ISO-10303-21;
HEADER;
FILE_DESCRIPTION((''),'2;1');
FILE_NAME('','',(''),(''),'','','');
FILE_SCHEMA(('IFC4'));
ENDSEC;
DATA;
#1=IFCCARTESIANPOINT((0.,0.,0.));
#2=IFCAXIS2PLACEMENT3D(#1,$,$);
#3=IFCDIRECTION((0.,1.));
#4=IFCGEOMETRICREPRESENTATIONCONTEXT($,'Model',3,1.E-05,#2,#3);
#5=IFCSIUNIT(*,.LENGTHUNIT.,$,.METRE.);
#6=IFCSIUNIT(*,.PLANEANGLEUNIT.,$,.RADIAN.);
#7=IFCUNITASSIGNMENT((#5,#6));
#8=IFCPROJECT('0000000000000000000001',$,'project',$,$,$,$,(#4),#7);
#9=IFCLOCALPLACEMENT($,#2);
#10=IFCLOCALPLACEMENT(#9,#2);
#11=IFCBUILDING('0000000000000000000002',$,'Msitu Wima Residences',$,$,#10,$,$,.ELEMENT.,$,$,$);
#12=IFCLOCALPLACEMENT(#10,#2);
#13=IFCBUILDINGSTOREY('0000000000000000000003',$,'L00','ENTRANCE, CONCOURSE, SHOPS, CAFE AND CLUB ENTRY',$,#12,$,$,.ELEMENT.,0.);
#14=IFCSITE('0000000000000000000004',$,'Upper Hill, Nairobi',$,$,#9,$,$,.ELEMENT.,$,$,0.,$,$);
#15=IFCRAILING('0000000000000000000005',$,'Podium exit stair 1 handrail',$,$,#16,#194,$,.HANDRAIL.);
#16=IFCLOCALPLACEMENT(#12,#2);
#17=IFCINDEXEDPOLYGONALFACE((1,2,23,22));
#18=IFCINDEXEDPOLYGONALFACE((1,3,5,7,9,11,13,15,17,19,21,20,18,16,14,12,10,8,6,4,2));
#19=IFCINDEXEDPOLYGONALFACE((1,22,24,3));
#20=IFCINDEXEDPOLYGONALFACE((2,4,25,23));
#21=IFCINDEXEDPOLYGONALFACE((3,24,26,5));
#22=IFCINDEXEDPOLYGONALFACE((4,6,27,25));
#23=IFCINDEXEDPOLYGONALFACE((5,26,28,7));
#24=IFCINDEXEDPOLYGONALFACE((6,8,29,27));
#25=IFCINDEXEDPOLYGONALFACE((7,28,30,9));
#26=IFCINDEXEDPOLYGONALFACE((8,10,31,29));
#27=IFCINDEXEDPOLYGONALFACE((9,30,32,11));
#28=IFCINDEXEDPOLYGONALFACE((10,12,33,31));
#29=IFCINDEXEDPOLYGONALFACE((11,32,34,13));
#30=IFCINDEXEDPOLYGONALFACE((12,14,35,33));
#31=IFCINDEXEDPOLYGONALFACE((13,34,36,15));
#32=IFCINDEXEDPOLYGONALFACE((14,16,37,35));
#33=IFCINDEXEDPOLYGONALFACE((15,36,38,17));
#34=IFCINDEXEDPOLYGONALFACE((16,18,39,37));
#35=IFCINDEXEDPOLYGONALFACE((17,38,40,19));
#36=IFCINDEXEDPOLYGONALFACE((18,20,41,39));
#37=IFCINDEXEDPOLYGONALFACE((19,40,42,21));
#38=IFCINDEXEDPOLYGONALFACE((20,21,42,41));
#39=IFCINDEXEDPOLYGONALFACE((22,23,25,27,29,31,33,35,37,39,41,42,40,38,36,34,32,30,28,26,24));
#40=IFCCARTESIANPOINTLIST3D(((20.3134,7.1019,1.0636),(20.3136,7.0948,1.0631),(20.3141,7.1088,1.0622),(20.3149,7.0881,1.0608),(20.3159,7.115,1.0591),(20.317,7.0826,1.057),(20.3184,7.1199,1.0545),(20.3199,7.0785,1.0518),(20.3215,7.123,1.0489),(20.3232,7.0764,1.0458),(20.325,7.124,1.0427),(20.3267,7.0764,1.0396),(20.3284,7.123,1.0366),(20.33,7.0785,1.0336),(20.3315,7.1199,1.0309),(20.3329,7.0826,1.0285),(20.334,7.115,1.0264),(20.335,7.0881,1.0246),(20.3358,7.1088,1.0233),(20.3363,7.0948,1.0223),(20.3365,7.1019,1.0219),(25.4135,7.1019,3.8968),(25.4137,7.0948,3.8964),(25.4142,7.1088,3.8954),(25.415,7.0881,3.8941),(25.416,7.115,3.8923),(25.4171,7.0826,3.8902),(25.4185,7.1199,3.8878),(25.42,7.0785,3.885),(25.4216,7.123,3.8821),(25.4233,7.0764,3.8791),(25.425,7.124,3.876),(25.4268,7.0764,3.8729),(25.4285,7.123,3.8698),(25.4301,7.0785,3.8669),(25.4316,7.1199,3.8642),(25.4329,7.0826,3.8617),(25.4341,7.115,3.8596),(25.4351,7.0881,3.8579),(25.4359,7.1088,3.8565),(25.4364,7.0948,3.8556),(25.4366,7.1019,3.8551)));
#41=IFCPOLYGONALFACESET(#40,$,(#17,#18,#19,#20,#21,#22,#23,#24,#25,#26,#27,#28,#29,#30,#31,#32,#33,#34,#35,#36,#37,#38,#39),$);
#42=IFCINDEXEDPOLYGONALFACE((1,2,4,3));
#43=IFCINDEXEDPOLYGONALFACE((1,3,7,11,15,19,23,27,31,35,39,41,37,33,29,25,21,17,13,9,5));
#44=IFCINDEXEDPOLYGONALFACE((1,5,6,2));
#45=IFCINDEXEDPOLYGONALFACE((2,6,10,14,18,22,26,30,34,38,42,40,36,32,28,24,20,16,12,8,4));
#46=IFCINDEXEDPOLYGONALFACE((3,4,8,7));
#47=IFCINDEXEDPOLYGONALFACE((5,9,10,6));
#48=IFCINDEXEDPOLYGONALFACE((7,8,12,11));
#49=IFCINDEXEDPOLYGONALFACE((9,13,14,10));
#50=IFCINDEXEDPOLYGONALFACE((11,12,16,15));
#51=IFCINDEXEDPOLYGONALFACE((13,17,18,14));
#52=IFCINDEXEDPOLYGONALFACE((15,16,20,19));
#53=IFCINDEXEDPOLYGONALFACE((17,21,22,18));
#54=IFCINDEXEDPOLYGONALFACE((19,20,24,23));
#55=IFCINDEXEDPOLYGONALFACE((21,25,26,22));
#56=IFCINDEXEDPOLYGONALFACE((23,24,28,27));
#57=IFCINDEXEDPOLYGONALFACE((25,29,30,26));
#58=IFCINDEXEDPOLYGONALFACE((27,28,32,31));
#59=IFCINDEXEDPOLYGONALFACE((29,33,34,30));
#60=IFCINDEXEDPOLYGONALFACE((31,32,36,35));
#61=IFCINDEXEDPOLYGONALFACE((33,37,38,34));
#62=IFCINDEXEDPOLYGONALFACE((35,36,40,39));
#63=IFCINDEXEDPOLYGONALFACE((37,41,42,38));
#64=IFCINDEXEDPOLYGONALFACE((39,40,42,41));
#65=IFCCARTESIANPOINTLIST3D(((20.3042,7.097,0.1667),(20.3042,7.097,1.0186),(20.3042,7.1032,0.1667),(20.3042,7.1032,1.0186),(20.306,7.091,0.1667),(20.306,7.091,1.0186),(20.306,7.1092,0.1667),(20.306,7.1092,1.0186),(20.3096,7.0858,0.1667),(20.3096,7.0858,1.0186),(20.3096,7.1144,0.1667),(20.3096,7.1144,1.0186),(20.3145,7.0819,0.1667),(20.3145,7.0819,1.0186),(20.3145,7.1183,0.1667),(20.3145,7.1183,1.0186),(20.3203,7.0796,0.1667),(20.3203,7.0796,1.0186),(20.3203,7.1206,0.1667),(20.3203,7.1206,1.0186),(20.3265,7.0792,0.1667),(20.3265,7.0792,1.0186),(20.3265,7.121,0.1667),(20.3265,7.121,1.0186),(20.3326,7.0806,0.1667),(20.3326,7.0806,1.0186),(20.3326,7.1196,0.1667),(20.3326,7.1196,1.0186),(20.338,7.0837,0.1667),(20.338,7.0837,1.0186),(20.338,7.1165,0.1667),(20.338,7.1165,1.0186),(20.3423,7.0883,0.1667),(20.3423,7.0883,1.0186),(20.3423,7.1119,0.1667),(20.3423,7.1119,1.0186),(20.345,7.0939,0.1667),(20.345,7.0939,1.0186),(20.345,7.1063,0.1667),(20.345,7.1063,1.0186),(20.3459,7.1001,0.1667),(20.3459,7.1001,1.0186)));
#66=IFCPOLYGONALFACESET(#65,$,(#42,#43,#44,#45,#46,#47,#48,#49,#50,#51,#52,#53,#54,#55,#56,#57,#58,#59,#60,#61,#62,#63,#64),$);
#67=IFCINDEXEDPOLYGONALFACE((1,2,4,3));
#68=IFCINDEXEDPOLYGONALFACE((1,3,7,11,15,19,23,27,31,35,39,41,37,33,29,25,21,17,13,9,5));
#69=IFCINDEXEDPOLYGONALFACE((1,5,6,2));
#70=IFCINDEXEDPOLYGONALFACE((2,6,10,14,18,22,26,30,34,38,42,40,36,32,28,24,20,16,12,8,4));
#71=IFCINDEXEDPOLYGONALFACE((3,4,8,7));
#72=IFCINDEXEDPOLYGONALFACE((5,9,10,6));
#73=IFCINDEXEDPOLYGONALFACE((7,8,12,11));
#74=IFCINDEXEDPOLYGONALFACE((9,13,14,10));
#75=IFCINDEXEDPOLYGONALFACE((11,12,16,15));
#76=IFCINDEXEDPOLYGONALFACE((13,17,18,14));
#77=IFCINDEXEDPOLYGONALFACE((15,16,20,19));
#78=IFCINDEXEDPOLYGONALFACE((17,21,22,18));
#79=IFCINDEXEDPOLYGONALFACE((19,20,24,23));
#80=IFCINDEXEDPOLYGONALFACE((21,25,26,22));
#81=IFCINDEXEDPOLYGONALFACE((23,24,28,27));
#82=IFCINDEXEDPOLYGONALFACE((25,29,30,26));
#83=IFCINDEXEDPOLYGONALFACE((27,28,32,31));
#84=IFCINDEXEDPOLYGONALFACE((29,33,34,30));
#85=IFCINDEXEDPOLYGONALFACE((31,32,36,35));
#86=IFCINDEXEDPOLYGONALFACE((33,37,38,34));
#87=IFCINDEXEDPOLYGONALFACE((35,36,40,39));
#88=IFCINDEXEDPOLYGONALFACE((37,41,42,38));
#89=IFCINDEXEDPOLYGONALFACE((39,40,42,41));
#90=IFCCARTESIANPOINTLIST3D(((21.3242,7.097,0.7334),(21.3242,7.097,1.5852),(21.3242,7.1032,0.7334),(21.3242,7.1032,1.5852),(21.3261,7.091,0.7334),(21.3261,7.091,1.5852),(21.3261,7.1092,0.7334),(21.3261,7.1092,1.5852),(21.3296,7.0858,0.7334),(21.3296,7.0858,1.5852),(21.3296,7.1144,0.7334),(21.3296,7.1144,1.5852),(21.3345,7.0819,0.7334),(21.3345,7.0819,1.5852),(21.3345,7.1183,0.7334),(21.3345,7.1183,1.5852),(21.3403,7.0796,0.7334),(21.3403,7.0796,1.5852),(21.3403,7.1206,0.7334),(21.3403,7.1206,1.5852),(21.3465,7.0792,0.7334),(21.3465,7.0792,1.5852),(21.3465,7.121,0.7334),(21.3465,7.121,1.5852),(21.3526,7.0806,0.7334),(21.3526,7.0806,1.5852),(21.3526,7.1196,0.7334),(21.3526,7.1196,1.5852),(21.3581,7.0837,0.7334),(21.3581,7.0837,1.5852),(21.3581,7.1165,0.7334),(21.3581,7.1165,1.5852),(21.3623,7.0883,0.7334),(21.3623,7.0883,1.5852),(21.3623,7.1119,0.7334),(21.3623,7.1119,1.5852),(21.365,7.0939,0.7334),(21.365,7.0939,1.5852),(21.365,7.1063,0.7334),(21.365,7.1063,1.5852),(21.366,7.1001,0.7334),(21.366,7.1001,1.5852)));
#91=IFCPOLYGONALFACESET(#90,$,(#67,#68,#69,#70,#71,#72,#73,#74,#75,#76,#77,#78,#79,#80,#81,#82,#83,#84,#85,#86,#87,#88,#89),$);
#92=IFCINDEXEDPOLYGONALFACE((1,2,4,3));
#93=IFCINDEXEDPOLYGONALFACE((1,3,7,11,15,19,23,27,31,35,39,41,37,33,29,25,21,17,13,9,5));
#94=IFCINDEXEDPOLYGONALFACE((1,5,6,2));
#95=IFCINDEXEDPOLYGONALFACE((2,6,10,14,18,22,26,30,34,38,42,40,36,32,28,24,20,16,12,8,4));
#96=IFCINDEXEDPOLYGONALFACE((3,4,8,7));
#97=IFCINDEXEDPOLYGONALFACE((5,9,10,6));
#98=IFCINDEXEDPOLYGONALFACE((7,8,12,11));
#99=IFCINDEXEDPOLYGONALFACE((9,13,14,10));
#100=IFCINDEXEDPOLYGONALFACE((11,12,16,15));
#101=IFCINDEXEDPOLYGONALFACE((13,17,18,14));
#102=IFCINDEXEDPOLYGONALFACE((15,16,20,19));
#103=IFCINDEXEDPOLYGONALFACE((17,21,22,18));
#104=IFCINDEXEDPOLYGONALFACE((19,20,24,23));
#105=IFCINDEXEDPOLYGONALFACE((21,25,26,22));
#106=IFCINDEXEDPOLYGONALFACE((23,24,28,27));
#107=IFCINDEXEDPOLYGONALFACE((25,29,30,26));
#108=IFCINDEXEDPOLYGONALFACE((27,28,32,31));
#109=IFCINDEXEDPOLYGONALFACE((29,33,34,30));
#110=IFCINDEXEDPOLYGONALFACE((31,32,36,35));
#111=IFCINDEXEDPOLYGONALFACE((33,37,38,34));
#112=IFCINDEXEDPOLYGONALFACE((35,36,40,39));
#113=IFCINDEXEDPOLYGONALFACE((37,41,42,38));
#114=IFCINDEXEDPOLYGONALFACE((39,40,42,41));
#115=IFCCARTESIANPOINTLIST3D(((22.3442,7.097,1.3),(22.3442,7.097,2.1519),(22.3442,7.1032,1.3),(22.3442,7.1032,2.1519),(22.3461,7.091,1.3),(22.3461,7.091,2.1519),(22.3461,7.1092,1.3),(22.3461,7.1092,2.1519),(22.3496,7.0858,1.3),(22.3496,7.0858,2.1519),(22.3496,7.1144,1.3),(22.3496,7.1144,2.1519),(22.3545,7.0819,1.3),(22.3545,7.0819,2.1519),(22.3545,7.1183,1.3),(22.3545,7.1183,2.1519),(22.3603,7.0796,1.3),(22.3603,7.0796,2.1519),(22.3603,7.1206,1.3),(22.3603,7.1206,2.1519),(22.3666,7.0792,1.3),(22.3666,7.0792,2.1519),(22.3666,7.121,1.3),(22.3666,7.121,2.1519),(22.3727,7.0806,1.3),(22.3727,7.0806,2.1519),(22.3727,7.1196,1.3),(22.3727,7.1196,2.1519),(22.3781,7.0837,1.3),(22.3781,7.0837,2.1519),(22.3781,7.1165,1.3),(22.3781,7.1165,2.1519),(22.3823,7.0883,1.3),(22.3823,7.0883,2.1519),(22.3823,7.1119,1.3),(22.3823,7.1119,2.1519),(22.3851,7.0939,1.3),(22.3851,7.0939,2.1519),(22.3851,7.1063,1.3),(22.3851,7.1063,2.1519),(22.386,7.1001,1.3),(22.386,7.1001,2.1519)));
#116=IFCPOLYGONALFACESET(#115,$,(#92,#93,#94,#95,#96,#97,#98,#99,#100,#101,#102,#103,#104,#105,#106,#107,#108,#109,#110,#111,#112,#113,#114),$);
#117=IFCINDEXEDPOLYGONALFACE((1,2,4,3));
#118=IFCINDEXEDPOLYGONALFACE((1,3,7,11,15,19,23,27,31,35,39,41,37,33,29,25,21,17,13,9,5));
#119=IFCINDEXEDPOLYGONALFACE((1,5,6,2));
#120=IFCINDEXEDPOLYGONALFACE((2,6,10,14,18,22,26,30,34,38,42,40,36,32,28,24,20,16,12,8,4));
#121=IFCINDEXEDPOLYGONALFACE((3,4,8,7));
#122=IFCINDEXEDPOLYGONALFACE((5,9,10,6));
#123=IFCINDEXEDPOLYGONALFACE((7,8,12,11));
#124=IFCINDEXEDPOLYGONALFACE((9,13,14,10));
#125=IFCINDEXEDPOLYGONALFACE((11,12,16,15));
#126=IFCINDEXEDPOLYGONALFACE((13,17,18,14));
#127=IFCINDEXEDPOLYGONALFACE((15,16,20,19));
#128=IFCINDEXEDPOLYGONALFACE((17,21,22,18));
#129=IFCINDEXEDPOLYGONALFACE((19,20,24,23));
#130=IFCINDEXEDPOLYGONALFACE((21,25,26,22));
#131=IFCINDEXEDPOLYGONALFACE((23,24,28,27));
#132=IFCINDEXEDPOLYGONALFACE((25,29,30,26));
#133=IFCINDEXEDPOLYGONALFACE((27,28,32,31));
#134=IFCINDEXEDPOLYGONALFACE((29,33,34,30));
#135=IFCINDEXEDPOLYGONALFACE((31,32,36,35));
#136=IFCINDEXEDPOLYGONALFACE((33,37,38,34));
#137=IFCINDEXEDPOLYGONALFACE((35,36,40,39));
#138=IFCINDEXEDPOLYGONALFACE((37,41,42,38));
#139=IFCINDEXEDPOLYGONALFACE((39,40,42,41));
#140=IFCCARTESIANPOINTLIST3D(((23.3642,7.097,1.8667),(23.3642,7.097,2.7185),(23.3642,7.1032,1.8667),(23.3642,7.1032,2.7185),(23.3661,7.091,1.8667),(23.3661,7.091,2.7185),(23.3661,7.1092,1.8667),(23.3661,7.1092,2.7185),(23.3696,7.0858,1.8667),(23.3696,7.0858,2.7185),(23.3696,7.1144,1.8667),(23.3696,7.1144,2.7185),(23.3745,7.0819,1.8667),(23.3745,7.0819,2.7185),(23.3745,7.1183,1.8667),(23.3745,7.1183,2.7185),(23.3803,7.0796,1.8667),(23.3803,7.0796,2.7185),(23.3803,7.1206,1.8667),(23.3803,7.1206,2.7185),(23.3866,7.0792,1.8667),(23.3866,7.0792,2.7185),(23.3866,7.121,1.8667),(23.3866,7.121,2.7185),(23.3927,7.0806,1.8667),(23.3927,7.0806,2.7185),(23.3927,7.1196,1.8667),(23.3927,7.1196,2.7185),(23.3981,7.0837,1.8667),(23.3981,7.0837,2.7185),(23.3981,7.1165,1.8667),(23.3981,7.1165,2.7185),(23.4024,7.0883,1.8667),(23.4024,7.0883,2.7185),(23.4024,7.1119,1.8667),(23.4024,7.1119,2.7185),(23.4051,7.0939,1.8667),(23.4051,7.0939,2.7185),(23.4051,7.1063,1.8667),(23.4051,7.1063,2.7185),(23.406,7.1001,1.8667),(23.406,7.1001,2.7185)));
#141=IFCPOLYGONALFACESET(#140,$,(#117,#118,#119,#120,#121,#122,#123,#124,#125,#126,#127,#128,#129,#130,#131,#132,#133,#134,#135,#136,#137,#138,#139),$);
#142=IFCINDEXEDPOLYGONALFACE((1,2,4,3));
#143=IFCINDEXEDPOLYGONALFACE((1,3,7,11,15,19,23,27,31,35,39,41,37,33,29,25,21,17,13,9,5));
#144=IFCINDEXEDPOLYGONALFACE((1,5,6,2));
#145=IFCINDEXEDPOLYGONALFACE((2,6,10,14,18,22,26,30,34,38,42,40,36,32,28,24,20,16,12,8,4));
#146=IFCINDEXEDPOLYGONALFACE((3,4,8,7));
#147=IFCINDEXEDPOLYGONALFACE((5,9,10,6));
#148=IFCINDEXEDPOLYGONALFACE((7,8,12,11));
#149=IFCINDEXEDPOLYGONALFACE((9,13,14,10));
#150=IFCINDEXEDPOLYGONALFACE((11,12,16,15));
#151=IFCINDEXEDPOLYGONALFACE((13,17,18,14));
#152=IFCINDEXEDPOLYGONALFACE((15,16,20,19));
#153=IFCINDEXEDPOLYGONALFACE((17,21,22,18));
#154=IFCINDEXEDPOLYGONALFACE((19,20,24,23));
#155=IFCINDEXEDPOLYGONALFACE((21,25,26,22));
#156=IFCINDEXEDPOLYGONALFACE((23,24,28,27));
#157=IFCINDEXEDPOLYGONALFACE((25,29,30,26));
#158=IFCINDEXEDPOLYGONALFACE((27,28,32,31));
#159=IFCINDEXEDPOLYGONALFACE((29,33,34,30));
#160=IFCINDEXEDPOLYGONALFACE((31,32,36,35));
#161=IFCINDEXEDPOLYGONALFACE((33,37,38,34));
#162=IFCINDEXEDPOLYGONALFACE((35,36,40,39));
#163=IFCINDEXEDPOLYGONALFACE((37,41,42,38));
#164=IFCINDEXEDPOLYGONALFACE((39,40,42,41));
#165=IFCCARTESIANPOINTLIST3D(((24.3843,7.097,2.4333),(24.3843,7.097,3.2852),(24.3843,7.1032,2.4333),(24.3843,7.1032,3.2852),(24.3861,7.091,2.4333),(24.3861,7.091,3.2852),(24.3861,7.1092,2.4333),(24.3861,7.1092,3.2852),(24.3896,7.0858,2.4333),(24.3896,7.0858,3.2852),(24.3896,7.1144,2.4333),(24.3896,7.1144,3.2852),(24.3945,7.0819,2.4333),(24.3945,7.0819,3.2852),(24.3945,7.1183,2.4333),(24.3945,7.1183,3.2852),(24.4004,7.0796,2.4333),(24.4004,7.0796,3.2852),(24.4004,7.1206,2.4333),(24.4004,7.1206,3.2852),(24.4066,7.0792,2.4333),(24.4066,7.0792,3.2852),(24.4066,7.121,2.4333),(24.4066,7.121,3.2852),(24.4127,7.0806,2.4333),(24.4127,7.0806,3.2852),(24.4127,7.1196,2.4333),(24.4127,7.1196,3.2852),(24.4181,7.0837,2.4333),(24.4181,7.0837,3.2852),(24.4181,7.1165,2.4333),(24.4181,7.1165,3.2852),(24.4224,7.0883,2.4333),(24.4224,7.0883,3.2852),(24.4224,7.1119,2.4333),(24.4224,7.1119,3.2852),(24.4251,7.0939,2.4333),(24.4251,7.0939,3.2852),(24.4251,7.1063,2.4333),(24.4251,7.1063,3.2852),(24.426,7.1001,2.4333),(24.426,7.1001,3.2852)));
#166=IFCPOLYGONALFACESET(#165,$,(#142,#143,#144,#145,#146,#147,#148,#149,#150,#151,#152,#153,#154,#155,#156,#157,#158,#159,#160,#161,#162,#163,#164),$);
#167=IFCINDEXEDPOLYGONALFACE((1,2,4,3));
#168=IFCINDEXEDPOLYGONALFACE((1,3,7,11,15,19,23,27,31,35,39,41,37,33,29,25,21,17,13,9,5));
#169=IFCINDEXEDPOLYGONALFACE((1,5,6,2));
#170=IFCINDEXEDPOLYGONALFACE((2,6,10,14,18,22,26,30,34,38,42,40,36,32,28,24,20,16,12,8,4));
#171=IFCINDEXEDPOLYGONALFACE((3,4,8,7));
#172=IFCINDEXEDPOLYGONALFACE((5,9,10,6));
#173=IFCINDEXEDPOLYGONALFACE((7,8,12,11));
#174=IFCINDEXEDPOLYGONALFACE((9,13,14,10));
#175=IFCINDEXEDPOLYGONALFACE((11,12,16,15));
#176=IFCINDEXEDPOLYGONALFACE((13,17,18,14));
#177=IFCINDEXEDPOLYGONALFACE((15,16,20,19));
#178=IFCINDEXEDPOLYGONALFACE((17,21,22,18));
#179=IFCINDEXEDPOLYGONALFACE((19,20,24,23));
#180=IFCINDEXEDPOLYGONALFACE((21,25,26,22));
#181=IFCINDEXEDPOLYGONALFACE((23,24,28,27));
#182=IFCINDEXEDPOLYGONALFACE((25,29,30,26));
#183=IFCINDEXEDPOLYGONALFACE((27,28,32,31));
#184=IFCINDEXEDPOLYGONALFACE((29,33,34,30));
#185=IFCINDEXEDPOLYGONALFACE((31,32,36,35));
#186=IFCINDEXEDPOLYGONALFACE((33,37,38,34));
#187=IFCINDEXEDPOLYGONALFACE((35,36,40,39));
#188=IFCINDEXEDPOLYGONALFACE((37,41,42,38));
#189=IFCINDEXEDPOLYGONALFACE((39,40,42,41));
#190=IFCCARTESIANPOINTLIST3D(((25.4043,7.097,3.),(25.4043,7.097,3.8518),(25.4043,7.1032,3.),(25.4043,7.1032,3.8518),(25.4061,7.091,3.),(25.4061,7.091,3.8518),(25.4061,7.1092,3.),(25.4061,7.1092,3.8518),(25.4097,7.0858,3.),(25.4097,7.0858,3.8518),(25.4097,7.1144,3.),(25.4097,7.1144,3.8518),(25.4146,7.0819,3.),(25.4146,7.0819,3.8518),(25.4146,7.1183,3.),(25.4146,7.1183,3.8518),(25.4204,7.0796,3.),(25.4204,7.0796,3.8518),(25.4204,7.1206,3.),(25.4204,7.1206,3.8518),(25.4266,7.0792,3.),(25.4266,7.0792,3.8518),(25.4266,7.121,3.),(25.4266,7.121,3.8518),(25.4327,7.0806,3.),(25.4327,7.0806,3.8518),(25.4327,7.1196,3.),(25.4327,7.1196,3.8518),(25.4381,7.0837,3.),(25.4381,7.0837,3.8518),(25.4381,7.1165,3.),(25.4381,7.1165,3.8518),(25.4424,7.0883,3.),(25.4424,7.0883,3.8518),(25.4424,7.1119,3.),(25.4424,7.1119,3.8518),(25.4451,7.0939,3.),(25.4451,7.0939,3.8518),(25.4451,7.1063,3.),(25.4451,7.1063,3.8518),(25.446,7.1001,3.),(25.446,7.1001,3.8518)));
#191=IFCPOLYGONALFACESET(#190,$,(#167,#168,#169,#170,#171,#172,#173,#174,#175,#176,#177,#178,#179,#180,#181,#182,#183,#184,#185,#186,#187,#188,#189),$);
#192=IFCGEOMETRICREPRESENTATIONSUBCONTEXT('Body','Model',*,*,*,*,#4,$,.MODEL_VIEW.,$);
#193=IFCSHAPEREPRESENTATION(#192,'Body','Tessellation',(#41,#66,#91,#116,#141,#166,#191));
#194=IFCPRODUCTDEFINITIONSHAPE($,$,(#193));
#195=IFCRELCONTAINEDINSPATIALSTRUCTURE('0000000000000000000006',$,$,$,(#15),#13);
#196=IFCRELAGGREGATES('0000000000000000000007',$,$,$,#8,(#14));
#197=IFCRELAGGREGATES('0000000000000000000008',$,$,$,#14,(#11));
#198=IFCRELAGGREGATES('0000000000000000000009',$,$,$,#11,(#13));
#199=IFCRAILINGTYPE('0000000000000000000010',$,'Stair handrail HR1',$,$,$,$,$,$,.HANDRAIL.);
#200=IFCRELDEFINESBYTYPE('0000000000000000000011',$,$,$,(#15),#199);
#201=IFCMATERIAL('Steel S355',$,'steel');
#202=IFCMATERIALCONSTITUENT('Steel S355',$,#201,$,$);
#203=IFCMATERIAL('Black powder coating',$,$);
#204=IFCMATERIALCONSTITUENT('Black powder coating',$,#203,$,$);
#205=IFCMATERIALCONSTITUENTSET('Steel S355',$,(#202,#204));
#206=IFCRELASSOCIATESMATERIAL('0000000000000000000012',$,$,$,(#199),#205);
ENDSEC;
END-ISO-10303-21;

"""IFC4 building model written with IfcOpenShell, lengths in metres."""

from ifc_helpers import new_model, si_unit, direction, frame, origin, origin_2d, place, context, subcontext, project, spatial, circle, extrude, material, constituent, constituent_set, type_object, element, save


model = new_model("IFC4")

# Units and contexts
model_context = context("Model", 3, precision=1e-05, world=origin(), true_north=direction((0.0, 1.0)))
body_context = subcontext(model_context, "Body", "Model", "MODEL_VIEW")
ifc_project = project(units=[si_unit("LENGTHUNIT", "METRE"), si_unit("PLANEANGLEUNIT", "RADIAN")], contexts=[model_context])

# Site, building, storey
site_placement = place(None, origin())
site = spatial("IfcSite", under=ifc_project, at=site_placement, Name="Upper Hill, Nairobi", CompositionType="ELEMENT", RefElevation=0.0)
building_placement = place(site_placement, origin())
building = spatial("IfcBuilding", under=site, at=building_placement, Name="Msitu Wima Residences", CompositionType="ELEMENT")
storey_placement = place(building_placement, origin())
storey = spatial("IfcBuildingStorey", under=building, at=storey_placement, Name="L00", Description="ENTRANCE, CONCOURSE, SHOPS, CAFE AND CLUB ENTRY", CompositionType="ELEMENT", Elevation=0.0)

# Railing
ifc_material_1 = material(Name="Steel S355", Category="steel")
ifc_constituent_1 = constituent(ifc_material_1, Name="Steel S355")
ifc_material_2 = material(Name="Black powder coating")
ifc_constituent_2 = constituent(ifc_material_2, Name="Black powder coating")
ifc_constituent_set = constituent_set(constituents=[ifc_constituent_1, ifc_constituent_2], Name="Steel S355")
railing_type = type_object("IfcRailingType", Name="Stair handrail HR1", PredefinedType="HANDRAIL", material=ifc_constituent_set)
for number, where, name in (
    (1, (20.325, 7.1001, 0.1667), "Podium exit stair 1 handrail"),
):
    element("IfcRailing", number, at=place(storey_placement, frame(where)), inside=storey, type_object=railing_type, Name=name, PredefinedType="HANDRAIL", context=body_context, shape_type="SweptSolid", body=[
        extrude(circle(Radius=0.0239, at=origin_2d()), frame((0.0, 0.0, 0.876), z_axis=(0.874167, 0.0, 0.485625), x_axis=(0.0, 1.0, 0.0)), (0.0, 0.0, 1.0), 5.8342),
        extrude(circle(Radius=0.021, at=origin_2d()), origin(), (0.0, 0.0, 1.0), 0.8518),
        extrude(circle(Radius=0.021, at=origin_2d()), frame((1.02, 0.0, 0.5667)), (0.0, 0.0, 1.0), 0.8518),
        extrude(circle(Radius=0.021, at=origin_2d()), frame((2.04, 0.0, 1.1333)), (0.0, 0.0, 1.0), 0.8518),
        extrude(circle(Radius=0.021, at=origin_2d()), frame((3.0601, 0.0, 1.7)), (0.0, 0.0, 1.0), 0.8518),
        extrude(circle(Radius=0.021, at=origin_2d()), frame((4.0801, 0.0, 2.2666)), (0.0, 0.0, 1.0), 0.8518),
        extrude(circle(Radius=0.021, at=origin_2d()), frame((5.1001, 0.0, 2.8333)), (0.0, 0.0, 1.0), 0.8518),
    ])

save(model, "model.ifc")
